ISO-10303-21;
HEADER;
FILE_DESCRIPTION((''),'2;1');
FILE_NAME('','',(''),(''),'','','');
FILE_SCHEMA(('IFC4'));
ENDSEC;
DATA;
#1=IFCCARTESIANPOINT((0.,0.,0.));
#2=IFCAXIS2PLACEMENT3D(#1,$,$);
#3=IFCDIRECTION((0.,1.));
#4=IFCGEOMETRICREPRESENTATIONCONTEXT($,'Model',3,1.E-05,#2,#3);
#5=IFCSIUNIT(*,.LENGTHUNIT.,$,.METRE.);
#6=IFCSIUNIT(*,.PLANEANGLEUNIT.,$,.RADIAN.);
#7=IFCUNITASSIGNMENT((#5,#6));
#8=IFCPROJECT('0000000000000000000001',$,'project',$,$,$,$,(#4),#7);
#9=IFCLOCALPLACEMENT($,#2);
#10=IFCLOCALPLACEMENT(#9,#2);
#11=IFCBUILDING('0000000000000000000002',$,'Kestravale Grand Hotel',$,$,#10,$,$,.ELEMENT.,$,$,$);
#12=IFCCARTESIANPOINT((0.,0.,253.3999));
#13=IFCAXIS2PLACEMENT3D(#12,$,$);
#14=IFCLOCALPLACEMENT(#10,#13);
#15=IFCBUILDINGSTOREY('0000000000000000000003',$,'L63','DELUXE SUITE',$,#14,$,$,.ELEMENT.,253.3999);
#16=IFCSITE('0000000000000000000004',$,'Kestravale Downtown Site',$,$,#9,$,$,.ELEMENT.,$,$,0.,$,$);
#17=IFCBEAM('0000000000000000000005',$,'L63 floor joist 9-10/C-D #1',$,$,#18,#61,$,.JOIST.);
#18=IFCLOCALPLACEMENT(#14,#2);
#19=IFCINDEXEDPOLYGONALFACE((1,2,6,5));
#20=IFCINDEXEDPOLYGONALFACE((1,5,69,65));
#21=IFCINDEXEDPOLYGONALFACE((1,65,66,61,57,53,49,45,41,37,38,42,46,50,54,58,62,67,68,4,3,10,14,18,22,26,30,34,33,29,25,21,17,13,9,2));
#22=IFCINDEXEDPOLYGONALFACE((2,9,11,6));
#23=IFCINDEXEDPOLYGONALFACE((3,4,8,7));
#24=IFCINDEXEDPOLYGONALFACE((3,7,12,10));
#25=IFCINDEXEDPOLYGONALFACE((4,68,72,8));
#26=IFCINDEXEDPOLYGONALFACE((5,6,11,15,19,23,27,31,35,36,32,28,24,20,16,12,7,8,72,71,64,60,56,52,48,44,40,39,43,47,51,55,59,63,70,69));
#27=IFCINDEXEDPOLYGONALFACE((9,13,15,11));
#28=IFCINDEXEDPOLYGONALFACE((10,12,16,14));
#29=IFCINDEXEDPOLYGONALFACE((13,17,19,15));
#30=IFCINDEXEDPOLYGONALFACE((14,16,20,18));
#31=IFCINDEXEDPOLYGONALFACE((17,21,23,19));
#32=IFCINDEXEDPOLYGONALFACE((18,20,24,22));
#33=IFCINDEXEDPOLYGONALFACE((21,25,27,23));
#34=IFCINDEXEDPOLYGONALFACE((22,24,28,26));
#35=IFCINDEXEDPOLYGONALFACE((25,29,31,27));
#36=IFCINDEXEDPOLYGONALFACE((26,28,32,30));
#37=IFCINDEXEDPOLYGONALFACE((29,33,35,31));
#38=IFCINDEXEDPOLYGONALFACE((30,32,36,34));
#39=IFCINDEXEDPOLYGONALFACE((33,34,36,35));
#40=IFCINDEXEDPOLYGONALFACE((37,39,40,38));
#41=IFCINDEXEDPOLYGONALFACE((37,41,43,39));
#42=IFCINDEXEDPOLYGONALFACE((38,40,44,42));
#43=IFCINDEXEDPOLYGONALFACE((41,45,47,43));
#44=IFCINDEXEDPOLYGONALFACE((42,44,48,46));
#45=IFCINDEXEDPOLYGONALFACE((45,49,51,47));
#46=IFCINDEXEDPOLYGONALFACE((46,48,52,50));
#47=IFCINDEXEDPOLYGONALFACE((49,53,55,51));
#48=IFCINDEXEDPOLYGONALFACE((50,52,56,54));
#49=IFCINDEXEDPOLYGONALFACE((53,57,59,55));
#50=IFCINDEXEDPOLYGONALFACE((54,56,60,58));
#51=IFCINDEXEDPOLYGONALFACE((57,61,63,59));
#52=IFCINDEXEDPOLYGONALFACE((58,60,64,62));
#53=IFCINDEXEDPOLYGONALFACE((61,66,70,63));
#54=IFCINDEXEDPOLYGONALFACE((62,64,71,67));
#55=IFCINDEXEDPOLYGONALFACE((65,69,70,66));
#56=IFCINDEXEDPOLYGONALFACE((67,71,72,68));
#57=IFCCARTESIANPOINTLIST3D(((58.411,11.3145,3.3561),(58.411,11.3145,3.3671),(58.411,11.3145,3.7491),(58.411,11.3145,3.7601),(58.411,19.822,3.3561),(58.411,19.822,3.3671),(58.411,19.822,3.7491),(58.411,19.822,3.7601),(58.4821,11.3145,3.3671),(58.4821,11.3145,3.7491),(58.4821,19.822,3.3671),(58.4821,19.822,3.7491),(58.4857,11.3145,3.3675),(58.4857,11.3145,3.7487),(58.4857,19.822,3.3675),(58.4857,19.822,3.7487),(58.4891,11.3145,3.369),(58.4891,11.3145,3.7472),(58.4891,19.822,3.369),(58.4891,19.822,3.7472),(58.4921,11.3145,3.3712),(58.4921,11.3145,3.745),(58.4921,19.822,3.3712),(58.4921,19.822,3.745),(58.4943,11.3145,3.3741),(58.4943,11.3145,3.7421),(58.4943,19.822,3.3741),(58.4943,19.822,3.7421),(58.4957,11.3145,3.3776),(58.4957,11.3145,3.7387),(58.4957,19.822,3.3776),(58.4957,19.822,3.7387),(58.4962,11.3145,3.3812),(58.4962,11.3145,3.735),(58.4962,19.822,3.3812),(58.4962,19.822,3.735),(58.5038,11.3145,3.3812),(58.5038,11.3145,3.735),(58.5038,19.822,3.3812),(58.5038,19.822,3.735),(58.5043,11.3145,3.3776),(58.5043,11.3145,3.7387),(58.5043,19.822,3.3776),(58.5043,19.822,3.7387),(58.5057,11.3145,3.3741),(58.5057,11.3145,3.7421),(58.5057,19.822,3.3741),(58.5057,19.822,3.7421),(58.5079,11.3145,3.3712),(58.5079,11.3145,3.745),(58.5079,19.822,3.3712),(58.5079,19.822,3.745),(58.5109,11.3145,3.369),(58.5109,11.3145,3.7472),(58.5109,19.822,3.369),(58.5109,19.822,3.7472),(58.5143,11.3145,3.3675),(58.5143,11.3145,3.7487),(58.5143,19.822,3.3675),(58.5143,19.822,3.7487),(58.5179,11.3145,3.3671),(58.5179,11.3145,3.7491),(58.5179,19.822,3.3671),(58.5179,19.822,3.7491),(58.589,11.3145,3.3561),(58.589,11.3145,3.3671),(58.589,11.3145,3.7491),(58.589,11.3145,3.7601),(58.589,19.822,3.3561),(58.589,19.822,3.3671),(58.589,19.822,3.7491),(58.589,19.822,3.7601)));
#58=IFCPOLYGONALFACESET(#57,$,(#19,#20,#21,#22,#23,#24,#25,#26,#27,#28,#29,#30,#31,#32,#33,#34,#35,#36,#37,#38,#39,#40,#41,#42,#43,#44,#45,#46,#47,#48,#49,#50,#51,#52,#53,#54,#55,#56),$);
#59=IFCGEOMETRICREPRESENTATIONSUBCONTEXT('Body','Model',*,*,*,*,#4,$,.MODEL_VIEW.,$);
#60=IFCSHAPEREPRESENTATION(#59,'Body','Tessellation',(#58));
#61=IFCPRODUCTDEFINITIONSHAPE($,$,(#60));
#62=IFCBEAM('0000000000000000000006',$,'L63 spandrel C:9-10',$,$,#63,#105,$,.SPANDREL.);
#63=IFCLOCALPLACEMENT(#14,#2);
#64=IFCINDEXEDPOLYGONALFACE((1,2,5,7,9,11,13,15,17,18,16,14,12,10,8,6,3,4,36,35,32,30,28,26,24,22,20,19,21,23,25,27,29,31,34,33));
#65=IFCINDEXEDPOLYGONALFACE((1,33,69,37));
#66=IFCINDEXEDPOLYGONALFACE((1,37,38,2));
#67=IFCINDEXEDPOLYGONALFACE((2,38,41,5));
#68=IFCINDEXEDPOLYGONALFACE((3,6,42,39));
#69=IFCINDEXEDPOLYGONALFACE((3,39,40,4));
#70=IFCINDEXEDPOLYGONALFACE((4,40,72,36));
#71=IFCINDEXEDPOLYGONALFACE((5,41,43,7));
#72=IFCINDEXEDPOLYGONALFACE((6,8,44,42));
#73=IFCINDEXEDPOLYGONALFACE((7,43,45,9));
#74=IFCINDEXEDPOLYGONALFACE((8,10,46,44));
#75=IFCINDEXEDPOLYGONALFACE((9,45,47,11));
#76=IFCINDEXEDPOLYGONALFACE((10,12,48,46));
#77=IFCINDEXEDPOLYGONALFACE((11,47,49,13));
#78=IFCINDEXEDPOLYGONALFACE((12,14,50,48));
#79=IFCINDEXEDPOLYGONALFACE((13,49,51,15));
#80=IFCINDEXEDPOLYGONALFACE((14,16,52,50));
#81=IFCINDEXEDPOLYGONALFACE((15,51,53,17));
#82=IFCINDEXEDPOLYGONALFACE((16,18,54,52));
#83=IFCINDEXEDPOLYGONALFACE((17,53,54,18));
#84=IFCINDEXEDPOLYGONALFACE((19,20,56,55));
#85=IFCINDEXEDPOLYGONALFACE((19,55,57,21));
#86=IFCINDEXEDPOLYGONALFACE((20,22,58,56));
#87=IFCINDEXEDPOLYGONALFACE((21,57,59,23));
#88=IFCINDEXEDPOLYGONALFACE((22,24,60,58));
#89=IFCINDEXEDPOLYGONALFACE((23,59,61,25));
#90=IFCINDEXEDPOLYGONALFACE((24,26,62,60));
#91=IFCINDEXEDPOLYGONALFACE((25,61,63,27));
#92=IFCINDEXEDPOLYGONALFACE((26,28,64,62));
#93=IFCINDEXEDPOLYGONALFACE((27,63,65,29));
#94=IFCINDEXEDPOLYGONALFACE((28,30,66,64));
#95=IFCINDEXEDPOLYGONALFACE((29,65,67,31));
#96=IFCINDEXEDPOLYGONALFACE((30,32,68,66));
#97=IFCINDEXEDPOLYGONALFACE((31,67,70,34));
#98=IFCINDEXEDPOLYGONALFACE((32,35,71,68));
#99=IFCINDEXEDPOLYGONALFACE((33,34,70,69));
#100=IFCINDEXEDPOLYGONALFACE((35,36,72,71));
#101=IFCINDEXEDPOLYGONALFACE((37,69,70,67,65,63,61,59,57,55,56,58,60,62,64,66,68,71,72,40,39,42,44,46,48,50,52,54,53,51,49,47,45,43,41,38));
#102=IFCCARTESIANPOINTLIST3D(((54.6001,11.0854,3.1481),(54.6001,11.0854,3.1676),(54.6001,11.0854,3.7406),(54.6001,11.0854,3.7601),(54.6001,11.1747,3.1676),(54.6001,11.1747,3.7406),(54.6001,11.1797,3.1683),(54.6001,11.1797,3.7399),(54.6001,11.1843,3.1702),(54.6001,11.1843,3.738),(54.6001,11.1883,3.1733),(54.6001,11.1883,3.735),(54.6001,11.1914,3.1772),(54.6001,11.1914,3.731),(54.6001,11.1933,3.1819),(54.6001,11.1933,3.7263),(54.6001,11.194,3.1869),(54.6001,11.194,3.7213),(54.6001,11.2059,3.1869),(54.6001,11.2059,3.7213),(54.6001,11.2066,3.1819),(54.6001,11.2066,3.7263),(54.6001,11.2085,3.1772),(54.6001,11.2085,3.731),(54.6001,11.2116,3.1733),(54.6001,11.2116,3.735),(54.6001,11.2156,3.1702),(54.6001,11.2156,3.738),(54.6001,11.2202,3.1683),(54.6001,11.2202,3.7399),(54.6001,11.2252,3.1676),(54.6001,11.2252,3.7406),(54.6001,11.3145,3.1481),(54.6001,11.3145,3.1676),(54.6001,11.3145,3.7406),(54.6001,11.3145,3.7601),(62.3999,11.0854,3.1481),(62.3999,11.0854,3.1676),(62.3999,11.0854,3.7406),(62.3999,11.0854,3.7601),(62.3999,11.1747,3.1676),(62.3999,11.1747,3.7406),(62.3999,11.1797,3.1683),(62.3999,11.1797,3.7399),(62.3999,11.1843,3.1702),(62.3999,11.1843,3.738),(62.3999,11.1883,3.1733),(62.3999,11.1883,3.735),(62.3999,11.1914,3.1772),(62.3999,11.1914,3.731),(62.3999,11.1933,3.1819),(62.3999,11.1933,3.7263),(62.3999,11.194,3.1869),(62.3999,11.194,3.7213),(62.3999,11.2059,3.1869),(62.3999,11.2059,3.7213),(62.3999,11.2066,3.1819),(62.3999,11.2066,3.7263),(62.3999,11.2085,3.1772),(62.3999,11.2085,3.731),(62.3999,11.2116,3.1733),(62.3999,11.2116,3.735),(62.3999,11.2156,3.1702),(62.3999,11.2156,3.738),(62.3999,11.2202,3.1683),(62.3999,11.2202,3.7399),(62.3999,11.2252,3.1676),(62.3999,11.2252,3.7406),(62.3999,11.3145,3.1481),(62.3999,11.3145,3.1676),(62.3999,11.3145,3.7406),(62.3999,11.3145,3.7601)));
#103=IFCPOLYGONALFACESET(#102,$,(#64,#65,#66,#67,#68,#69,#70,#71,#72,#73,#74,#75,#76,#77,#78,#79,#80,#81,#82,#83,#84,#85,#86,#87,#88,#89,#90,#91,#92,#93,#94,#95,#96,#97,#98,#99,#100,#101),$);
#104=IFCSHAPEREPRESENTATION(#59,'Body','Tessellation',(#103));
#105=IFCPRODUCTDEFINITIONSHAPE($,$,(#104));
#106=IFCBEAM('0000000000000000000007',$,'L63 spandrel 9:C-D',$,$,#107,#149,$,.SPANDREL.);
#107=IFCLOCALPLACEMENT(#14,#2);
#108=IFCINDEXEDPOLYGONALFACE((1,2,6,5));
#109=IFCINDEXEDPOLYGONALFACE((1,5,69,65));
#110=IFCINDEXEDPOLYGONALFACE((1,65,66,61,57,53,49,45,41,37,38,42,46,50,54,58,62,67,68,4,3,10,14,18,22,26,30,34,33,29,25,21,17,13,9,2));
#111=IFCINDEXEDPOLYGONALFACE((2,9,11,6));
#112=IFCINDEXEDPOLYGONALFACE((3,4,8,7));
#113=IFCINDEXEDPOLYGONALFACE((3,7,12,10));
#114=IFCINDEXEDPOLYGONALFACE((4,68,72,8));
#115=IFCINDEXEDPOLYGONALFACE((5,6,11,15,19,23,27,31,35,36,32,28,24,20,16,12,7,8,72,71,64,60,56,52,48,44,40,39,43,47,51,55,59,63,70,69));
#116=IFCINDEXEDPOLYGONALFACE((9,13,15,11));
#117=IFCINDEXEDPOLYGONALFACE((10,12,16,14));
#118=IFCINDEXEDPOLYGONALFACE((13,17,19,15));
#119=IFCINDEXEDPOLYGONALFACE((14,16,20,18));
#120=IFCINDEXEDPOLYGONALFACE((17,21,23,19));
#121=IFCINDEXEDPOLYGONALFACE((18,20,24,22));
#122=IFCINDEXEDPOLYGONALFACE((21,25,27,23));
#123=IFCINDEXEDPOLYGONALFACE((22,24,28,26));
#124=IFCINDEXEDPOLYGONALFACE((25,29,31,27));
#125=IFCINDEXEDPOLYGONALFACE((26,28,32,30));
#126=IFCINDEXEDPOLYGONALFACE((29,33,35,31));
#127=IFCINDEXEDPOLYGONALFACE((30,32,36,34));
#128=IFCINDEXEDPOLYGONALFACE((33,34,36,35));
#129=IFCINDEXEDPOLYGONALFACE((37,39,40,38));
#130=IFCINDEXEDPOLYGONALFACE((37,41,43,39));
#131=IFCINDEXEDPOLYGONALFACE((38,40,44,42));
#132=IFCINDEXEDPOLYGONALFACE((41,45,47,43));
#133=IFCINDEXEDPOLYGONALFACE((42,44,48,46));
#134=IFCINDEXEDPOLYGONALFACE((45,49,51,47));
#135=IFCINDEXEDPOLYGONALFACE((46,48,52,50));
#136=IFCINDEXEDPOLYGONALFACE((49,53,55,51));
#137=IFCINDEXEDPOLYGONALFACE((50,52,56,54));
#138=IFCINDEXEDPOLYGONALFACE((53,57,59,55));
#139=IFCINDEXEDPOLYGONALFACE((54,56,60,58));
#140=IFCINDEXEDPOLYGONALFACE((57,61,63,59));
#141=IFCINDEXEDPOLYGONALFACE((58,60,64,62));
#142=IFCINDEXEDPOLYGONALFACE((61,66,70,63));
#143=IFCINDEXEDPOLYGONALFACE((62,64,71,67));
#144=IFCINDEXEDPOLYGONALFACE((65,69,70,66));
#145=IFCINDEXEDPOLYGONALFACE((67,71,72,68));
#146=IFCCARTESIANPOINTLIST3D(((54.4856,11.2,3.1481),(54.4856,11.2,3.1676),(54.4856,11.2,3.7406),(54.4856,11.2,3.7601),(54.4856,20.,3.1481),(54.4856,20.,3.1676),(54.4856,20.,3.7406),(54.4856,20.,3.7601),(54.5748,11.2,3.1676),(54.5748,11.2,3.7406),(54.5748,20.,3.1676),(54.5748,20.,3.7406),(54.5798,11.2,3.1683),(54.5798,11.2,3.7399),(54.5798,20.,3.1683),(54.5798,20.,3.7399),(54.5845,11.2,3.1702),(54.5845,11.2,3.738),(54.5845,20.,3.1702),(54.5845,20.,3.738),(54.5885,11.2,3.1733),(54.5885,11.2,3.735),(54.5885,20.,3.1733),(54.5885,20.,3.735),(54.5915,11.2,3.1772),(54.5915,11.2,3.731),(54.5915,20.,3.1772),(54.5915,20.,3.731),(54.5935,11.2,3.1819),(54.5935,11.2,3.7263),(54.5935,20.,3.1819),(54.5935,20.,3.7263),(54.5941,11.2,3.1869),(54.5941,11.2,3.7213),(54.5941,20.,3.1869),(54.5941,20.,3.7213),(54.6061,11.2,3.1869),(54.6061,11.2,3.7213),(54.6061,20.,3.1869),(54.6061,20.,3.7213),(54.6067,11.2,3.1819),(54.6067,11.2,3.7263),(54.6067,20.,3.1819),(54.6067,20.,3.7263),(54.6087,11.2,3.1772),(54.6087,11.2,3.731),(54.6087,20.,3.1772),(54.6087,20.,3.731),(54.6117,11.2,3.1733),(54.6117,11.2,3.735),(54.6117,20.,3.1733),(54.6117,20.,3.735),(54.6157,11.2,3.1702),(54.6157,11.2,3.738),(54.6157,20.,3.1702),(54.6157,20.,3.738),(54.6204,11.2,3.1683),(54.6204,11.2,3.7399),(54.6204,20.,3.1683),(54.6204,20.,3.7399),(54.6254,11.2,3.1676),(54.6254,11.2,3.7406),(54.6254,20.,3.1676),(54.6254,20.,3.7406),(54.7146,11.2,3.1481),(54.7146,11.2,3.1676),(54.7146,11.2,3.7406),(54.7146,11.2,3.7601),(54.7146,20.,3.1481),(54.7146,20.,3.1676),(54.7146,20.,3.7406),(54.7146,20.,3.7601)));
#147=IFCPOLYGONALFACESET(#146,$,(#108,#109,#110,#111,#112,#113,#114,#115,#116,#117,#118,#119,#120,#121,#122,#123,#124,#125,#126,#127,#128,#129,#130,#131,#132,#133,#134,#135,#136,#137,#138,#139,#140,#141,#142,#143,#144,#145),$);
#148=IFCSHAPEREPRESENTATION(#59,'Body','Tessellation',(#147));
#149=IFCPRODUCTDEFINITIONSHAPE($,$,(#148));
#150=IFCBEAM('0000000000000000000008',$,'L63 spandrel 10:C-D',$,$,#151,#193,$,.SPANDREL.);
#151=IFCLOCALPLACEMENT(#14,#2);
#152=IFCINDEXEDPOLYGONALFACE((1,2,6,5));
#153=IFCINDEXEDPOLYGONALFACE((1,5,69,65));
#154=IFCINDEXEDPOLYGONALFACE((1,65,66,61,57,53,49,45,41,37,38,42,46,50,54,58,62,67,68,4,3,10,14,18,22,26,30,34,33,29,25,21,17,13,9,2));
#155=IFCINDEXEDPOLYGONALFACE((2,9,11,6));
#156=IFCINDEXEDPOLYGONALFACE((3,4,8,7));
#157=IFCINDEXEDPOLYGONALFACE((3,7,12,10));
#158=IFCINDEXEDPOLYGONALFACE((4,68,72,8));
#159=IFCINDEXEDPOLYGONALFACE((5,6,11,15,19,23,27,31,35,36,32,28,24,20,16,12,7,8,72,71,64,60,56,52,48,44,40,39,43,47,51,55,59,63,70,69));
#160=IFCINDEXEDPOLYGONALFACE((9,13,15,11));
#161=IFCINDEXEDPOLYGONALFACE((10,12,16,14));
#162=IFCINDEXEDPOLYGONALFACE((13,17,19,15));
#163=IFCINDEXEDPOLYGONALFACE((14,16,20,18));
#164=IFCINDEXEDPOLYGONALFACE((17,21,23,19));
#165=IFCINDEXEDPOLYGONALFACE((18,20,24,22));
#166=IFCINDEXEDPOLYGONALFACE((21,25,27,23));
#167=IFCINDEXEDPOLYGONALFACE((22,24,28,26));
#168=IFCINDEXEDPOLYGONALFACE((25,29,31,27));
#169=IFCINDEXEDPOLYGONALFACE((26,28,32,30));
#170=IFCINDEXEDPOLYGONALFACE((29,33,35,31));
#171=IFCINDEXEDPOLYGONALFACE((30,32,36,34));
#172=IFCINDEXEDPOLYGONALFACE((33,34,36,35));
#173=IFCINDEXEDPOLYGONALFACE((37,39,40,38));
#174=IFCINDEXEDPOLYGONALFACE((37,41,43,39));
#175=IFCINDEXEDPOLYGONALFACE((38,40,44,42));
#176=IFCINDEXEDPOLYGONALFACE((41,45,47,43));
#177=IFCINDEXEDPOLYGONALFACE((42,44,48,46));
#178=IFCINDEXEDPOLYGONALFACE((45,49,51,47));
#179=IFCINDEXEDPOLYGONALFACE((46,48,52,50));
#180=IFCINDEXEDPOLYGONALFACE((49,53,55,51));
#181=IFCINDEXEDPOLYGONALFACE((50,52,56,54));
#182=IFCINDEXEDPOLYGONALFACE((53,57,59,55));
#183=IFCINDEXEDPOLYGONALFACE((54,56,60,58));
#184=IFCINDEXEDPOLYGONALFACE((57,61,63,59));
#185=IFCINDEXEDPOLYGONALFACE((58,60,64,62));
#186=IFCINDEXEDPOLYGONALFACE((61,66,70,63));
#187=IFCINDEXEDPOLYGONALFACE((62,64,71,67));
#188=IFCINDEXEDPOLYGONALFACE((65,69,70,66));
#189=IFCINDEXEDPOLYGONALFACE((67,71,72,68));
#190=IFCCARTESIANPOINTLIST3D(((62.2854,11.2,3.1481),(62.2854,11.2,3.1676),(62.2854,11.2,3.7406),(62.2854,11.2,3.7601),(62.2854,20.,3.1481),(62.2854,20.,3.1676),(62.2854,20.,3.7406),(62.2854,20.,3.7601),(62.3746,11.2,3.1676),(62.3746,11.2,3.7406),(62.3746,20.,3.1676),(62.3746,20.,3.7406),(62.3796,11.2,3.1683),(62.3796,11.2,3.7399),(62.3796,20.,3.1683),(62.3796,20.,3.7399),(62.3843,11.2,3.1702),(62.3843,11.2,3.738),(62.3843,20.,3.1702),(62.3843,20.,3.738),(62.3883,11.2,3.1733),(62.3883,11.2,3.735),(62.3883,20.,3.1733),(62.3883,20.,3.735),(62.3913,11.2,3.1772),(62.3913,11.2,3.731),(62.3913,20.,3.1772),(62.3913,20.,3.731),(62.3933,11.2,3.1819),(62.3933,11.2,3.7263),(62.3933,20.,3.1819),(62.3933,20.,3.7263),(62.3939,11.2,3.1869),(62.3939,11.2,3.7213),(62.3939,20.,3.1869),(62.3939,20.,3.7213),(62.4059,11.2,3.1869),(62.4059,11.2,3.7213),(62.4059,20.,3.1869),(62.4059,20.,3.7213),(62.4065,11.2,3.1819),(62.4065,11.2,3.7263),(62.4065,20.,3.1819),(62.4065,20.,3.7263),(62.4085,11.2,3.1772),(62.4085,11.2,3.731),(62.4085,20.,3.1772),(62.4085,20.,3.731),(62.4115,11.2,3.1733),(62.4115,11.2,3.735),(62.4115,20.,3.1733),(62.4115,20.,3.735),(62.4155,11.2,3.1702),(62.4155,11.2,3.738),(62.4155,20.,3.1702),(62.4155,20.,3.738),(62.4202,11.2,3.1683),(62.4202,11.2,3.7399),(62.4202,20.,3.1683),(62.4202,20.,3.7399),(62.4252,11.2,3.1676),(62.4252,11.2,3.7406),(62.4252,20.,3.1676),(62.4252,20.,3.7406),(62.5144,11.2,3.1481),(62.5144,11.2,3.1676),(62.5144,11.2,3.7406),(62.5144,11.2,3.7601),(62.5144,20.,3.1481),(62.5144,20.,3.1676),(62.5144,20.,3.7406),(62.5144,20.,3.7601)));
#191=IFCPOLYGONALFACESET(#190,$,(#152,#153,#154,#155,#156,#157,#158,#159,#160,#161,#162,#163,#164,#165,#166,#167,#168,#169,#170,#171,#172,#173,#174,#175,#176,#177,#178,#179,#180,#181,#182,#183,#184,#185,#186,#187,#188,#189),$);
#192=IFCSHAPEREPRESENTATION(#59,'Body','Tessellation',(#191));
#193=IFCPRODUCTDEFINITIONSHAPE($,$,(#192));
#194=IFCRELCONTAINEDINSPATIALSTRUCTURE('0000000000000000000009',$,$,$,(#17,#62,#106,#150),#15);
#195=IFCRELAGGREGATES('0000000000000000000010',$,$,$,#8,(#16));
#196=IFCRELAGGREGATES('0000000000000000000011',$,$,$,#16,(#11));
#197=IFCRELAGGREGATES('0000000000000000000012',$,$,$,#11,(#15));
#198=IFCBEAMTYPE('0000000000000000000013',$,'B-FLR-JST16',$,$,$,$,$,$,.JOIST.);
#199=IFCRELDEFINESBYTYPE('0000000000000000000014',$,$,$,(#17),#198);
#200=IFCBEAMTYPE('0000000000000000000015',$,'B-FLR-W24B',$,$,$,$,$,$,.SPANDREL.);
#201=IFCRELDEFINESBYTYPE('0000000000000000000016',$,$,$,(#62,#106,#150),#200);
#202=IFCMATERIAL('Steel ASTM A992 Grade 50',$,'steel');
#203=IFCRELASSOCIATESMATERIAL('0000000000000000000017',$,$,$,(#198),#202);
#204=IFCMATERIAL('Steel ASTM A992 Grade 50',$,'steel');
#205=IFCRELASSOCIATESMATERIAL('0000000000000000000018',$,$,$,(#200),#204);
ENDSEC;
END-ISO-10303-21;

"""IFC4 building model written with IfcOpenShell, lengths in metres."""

from ifc_helpers import new_model, si_unit, direction, frame, origin, origin_2d, place, context, subcontext, project, spatial, i_section, extrude, material, material_profile, profile_set, type_object, element, save


model = new_model("IFC4")

# Units and contexts
model_context = context("Model", 3, precision=1e-05, world=origin(), true_north=direction((0.0, 1.0)))
body_context = subcontext(model_context, "Body", "Model", "MODEL_VIEW")
ifc_project = project(units=[si_unit("LENGTHUNIT", "METRE"), si_unit("PLANEANGLEUNIT", "RADIAN")], contexts=[model_context])

# Site, building, storey
site_placement = place(None, origin())
site = spatial("IfcSite", under=ifc_project, at=site_placement, Name="Kestravale Downtown Site", CompositionType="ELEMENT", RefElevation=0.0)
building_placement = place(site_placement, origin())
building = spatial("IfcBuilding", under=site, at=building_placement, Name="Kestravale Grand Hotel", CompositionType="ELEMENT")
storey_placement = place(building_placement, frame((0.0, 0.0, 253.3999)))
storey = spatial("IfcBuildingStorey", under=building, at=storey_placement, Name="L63", Description="DELUXE SUITE", CompositionType="ELEMENT", Elevation=253.3999)

# Beams
ifc_material_1 = material(Name="Steel ASTM A992 Grade 50", Category="steel")
ifc_material_profile_1 = material_profile(ifc_material_1, i_section(OverallWidth=0.178, OverallDepth=0.4041, WebThickness=0.0076, FlangeThickness=0.011, FilletRadius=0.0142, at=origin_2d()))
ifc_profile_set_1 = profile_set([ifc_material_profile_1], Name="Steel ASTM A992 Grade 50")
beam_type_1 = type_object("IfcBeamType", Name="B-FLR-JST16", PredefinedType="JOIST", material=ifc_profile_set_1)
beam_1_placement = place(storey_placement, frame((58.5, 11.3145, 3.5581), z_axis=(0.0, 1.0, 0.0), x_axis=(-1.0, 0.0, 0.0)))
element("IfcBeam", 1, at=beam_1_placement, inside=storey, type_object=beam_type_1, Name="L63 floor joist 9-10/C-D #1", PredefinedType="JOIST", context=body_context, shape_type="SweptSolid", body=[
    extrude(i_section(OverallWidth=0.178, OverallDepth=0.4041, WebThickness=0.0076, FlangeThickness=0.011, FilletRadius=0.0142, at=origin_2d()), origin(), (0.0, 0.0, 1.0), 8.5076),
])
ifc_material_2 = material(Name="Steel ASTM A992 Grade 50", Category="steel")
ifc_material_profile_2 = material_profile(ifc_material_2, i_section(OverallWidth=0.229, OverallDepth=0.6121, WebThickness=0.012, FlangeThickness=0.0195, FilletRadius=0.0193, at=origin_2d()))
ifc_profile_set_2 = profile_set([ifc_material_profile_2], Name="Steel ASTM A992 Grade 50")
beam_type_2 = type_object("IfcBeamType", Name="B-FLR-W24B", PredefinedType="SPANDREL", material=ifc_profile_set_2)
beam_2_placement = place(storey_placement, frame((54.6001, 11.2, 3.4541), z_axis=(1.0, 0.0, 0.0), x_axis=(0.0, 1.0, 0.0)))
element("IfcBeam", 2, at=beam_2_placement, inside=storey, type_object=beam_type_2, Name="L63 spandrel C:9-10", PredefinedType="SPANDREL", context=body_context, shape_type="SweptSolid", body=[
    extrude(i_section(OverallWidth=0.229, OverallDepth=0.6121, WebThickness=0.012, FlangeThickness=0.0195, FilletRadius=0.0193, at=origin_2d()), origin(), (0.0, 0.0, 1.0), 7.7998),
])
for number, where, z_axis, x_axis, name in (
    (3, (54.6001, 11.2, 3.4541), (0.0, 1.0, 0.0), (-1.0, 0.0, 0.0), "L63 spandrel 9:C-D"),
    (4, (62.3999, 11.2, 3.4541), (0.0, 1.0, 0.0), (-1.0, 0.0, 0.0), "L63 spandrel 10:C-D"),
):
    element("IfcBeam", number, at=place(storey_placement, frame(where, z_axis=z_axis, x_axis=x_axis)), inside=storey, type_object=beam_type_2, Name=name, PredefinedType="SPANDREL", context=body_context, shape_type="SweptSolid", body=[
        extrude(i_section(OverallWidth=0.229, OverallDepth=0.6121, WebThickness=0.012, FlangeThickness=0.0195, FilletRadius=0.0193, at=origin_2d()), origin(), (0.0, 0.0, 1.0), 8.8),
    ])

save(model, "model.ifc")
